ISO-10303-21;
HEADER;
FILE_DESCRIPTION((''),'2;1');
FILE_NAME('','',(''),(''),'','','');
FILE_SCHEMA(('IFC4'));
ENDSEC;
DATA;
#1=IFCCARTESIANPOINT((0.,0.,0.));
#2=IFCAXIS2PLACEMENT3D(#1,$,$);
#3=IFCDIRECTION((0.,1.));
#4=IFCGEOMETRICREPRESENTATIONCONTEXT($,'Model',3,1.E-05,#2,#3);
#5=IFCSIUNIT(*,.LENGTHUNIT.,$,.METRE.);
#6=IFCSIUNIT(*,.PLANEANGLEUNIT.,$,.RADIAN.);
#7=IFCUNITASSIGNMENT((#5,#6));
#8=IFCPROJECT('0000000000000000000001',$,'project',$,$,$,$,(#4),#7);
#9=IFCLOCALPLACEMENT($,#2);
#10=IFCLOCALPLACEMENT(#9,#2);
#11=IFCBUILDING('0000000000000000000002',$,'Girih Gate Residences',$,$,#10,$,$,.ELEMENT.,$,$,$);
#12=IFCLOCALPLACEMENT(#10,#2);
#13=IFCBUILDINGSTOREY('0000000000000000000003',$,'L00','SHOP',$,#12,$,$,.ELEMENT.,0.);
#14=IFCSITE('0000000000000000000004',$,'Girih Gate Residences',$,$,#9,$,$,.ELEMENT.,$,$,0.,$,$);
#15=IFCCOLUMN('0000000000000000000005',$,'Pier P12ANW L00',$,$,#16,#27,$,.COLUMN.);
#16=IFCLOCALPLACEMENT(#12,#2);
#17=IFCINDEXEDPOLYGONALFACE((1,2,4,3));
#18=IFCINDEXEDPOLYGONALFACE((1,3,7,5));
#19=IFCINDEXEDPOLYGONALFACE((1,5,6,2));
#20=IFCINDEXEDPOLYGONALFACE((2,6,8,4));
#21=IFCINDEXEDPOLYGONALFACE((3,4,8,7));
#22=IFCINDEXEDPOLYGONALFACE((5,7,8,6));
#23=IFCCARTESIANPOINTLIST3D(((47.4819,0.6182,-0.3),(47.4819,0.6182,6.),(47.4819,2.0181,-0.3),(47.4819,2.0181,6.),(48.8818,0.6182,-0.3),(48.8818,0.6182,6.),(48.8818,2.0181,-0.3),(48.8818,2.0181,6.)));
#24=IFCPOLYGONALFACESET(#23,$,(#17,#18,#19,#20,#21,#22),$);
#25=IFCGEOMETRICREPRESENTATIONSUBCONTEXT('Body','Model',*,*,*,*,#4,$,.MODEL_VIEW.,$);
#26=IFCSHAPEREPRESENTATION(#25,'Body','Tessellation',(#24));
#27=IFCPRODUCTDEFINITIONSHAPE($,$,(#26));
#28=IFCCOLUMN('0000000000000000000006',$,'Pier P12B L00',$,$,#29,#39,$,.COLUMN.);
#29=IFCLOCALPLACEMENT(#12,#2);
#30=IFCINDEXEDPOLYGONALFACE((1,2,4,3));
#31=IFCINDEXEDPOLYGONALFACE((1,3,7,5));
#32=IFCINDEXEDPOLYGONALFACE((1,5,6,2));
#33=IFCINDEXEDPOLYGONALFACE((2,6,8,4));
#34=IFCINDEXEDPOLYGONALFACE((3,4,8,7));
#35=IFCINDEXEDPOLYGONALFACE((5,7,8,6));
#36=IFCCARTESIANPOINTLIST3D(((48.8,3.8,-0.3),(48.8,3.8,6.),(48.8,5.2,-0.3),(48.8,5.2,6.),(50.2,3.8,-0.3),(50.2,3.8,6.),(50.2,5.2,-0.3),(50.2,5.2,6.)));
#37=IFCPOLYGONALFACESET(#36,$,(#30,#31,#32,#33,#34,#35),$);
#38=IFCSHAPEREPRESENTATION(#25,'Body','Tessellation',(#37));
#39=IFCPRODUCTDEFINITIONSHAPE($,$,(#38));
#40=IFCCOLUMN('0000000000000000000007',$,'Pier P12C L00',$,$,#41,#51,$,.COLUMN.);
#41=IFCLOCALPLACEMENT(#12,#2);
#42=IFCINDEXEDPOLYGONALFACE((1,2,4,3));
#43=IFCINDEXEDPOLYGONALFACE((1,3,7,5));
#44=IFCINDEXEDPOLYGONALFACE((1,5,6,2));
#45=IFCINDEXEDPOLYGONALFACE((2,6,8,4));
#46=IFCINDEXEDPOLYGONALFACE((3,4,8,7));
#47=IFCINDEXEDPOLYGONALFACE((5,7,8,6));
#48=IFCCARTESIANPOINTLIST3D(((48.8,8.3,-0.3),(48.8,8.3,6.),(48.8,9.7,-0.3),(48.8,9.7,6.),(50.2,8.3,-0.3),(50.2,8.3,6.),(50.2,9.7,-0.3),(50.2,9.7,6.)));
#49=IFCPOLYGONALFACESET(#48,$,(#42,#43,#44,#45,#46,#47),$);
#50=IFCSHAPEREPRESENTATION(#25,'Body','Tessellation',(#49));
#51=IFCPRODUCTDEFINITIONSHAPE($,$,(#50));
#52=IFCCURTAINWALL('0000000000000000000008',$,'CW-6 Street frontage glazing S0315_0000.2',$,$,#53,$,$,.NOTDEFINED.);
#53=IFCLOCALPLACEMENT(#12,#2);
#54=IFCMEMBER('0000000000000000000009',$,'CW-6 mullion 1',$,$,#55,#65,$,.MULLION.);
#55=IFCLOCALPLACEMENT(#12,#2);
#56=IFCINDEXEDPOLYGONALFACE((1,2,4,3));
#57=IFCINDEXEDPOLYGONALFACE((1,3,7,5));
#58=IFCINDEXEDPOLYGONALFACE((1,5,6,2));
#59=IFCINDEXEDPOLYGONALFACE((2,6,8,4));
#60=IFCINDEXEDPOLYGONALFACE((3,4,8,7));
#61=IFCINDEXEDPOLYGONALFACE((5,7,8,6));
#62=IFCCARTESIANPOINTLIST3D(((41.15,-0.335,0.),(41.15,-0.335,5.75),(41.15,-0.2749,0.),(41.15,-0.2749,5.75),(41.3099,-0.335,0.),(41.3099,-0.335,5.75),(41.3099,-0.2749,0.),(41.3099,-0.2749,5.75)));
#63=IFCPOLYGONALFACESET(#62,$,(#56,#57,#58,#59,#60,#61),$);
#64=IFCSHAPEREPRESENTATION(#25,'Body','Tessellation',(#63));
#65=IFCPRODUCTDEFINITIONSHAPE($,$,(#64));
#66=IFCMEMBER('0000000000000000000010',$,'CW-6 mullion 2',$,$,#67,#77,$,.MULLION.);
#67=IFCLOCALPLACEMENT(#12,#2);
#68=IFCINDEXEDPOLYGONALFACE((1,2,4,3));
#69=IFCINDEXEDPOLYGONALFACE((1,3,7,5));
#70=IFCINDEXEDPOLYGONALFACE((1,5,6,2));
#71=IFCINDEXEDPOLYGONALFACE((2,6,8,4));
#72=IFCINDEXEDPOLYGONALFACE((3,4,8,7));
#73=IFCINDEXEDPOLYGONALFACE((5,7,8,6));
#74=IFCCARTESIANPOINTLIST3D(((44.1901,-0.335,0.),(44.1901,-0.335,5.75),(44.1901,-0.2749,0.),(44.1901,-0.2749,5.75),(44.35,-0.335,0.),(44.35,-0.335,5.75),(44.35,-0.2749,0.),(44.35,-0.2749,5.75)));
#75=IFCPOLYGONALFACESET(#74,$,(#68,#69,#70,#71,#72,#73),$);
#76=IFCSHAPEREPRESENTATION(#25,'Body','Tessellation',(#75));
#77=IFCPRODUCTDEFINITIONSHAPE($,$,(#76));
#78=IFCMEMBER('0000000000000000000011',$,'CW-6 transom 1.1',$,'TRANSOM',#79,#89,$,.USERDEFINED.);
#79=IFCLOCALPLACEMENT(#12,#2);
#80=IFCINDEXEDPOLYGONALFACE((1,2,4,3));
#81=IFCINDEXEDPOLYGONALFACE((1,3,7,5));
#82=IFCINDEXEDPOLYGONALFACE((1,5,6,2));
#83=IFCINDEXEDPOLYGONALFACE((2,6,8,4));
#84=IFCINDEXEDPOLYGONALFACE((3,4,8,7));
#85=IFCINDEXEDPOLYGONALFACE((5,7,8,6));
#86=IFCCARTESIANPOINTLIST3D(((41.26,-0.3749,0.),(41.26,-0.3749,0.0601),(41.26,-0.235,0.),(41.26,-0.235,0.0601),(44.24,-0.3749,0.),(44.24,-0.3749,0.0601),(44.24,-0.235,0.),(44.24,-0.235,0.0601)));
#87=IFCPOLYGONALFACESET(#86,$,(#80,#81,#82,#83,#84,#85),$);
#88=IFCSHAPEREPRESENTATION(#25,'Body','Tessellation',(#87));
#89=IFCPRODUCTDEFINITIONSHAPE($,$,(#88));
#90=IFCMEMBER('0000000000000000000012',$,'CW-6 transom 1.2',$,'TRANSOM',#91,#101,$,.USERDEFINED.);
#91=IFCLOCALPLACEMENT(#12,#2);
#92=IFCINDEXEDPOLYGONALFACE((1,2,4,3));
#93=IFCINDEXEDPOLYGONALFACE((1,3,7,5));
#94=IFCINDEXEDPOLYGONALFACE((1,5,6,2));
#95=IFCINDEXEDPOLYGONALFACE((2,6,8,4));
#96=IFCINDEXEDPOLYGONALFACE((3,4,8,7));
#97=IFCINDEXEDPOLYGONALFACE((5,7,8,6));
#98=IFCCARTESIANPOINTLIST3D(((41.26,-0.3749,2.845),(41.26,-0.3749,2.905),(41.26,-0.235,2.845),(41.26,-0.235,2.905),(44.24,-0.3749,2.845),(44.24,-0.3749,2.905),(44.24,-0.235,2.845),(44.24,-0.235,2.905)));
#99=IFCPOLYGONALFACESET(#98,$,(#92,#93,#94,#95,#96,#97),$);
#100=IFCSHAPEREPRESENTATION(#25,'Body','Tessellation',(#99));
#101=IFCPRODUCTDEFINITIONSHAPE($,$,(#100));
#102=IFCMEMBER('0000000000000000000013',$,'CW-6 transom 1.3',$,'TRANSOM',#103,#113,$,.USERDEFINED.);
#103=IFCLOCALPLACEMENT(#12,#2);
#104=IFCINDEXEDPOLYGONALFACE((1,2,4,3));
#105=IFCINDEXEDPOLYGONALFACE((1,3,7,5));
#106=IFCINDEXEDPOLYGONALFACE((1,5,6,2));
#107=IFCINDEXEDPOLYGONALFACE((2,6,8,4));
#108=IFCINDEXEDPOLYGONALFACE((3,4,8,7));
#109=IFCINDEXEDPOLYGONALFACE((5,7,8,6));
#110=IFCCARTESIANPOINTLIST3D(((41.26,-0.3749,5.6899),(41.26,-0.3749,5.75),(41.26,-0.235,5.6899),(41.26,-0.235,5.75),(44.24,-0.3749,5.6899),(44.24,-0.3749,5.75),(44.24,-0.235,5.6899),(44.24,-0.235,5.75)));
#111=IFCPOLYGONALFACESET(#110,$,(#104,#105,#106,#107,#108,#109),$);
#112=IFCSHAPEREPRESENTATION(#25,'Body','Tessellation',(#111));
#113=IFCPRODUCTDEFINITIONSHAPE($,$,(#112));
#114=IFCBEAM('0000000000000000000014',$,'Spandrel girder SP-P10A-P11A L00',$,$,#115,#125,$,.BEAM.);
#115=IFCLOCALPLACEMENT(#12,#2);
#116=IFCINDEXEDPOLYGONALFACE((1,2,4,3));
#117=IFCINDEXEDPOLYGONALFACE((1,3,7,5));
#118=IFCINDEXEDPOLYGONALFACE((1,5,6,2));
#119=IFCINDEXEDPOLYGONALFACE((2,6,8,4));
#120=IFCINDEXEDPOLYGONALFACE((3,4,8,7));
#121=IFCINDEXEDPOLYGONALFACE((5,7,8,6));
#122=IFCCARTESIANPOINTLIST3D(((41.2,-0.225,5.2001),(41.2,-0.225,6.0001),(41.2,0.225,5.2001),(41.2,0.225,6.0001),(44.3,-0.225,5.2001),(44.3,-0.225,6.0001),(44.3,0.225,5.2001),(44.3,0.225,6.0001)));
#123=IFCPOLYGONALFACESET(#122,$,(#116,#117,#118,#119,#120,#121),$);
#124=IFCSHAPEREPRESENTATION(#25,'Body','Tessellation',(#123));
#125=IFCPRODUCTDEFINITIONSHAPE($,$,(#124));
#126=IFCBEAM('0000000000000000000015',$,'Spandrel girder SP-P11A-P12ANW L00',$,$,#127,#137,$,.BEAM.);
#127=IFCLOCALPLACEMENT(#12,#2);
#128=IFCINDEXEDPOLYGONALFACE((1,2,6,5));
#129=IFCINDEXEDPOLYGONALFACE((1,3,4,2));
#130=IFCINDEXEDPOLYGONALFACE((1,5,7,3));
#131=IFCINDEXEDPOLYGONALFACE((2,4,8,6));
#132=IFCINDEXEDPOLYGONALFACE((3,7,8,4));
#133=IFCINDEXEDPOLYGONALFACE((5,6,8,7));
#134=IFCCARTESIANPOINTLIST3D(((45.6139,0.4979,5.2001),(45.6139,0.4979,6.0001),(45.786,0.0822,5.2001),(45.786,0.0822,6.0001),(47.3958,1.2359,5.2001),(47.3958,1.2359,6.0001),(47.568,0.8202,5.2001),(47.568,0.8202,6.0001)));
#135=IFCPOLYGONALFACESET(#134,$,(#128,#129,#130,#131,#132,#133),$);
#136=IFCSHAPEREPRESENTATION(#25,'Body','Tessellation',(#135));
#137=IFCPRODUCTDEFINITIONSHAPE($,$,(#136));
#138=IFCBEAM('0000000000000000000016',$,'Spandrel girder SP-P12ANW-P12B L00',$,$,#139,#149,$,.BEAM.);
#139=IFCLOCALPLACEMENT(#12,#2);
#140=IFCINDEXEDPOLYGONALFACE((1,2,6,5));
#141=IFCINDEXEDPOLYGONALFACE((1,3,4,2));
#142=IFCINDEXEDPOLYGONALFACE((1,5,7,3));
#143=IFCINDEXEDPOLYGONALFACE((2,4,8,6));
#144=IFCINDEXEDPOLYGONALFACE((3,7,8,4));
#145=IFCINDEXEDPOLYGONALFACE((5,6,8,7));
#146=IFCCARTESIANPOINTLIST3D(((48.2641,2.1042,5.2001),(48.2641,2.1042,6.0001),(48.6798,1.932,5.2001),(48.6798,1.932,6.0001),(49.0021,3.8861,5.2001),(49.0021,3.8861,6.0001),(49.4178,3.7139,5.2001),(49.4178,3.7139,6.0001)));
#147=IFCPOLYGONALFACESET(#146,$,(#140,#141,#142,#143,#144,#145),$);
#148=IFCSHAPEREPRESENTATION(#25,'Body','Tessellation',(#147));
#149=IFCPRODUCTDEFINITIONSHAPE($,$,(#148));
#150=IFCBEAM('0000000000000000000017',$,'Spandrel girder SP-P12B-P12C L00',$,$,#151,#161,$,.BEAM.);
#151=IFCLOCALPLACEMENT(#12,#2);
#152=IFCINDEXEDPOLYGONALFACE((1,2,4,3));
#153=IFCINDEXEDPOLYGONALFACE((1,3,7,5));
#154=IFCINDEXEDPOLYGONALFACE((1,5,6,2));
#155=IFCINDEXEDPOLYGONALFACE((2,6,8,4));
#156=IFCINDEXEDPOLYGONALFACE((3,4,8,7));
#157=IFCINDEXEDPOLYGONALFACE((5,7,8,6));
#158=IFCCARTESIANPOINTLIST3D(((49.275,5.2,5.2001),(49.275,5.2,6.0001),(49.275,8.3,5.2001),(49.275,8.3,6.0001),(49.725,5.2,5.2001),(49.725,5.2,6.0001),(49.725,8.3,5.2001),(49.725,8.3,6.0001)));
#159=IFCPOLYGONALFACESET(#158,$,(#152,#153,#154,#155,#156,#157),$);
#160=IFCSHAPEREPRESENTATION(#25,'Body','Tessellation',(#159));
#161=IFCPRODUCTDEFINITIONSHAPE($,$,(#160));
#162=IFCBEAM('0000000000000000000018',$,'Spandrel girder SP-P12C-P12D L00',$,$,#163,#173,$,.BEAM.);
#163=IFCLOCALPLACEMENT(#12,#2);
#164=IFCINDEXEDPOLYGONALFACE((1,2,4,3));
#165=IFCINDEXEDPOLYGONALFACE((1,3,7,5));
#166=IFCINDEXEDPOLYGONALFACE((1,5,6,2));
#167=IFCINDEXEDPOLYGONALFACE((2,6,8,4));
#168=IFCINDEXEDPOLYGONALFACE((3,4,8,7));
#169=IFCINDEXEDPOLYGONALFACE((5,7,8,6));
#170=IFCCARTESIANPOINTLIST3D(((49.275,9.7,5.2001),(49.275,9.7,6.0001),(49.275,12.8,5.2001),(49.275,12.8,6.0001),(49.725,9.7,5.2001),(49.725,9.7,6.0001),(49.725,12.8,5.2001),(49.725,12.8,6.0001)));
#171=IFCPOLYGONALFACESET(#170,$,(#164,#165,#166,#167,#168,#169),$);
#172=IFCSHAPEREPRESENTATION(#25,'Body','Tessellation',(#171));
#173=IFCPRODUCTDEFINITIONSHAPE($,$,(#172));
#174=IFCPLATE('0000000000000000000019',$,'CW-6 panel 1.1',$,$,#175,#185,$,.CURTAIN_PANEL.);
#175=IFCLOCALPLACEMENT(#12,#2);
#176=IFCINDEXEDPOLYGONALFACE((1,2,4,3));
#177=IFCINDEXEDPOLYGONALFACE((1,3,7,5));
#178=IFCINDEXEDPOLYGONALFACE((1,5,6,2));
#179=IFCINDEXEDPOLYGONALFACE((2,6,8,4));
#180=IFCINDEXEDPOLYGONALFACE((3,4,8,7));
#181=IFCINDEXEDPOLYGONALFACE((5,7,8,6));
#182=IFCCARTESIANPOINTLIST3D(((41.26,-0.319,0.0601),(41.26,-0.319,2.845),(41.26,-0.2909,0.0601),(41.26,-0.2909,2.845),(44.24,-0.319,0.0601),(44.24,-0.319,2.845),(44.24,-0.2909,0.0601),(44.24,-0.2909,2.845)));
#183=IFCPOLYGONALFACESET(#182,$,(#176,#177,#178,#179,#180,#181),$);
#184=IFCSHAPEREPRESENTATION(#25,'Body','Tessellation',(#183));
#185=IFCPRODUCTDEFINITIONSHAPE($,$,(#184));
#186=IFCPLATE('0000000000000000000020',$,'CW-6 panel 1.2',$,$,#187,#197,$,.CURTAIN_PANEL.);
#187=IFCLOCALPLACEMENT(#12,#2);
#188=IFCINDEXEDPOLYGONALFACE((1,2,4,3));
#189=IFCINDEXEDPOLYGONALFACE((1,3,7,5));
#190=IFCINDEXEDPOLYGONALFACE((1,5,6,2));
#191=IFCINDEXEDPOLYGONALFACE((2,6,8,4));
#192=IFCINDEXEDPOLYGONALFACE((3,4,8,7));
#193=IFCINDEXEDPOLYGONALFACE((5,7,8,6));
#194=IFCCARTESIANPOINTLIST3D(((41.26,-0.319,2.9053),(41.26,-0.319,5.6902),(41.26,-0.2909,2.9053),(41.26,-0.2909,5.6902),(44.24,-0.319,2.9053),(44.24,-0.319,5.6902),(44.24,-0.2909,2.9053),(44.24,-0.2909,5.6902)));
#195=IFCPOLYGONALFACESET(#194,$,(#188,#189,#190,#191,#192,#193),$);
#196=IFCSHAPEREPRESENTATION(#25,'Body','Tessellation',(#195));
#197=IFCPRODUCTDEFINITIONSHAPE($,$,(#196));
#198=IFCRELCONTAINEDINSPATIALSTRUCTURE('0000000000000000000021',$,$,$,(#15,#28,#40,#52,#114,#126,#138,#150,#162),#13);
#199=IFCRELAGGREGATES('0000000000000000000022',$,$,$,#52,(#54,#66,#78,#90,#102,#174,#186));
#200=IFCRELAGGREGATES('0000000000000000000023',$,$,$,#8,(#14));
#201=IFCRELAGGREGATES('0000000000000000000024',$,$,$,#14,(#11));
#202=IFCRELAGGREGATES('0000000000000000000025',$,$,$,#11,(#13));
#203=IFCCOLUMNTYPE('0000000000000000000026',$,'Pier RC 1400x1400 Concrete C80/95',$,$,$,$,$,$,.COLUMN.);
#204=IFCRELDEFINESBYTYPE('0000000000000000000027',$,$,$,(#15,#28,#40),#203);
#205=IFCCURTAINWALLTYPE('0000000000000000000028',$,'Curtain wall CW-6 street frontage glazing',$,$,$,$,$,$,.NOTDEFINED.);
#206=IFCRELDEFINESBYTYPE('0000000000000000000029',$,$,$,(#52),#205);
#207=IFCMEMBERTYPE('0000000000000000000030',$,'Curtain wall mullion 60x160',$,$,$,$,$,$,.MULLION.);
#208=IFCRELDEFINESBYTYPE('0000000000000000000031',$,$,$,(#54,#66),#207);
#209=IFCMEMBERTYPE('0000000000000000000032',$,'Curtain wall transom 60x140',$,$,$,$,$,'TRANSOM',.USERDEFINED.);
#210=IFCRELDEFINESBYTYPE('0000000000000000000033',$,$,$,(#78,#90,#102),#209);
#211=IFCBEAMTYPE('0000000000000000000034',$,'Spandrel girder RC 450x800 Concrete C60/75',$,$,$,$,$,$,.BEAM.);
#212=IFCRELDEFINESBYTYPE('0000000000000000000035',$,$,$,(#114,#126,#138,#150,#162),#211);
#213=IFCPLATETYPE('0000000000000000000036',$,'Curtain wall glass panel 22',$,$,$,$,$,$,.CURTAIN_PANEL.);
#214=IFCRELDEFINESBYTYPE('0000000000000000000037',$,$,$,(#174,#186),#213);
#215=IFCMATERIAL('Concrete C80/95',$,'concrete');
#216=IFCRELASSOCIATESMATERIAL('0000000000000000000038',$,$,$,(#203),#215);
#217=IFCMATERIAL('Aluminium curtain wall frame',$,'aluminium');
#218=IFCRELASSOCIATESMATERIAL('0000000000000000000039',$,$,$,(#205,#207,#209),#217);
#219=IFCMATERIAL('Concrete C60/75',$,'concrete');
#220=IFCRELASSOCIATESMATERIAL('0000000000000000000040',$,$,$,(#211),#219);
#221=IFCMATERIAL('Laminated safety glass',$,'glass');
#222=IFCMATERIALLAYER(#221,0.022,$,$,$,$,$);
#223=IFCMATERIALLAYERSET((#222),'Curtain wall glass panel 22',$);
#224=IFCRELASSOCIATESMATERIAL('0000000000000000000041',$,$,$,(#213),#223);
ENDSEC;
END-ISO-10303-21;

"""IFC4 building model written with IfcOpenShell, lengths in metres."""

from ifc_helpers import new_model, si_unit, direction, frame, origin, origin_2d, place, context, subcontext, project, spatial, rectangle, extrude, material, layer, layer_set, material_profile, profile_set, type_object, element, aggregate, save


model = new_model("IFC4")

# Units and contexts
model_context = context("Model", 3, precision=1e-05, world=origin(), true_north=direction((0.0, 1.0)))
body_context = subcontext(model_context, "Body", "Model", "MODEL_VIEW")
ifc_project = project(units=[si_unit("LENGTHUNIT", "METRE"), si_unit("PLANEANGLEUNIT", "RADIAN")], contexts=[model_context])

# Site, building, storey
site_placement = place(None, origin())
site = spatial("IfcSite", under=ifc_project, at=site_placement, Name="Girih Gate Residences", CompositionType="ELEMENT", RefElevation=0.0)
building_placement = place(site_placement, origin())
building = spatial("IfcBuilding", under=site, at=building_placement, Name="Girih Gate Residences", CompositionType="ELEMENT")
storey_placement = place(building_placement, origin())
storey = spatial("IfcBuildingStorey", under=building, at=storey_placement, Name="L00", Description="SHOP", CompositionType="ELEMENT", Elevation=0.0)

# Columns
ifc_material_1 = material(Name="Concrete C80/95", Category="concrete")
ifc_material_profile_1 = material_profile(ifc_material_1, rectangle(XDim=1.3999, YDim=1.3999, at=origin_2d()))
ifc_profile_set_1 = profile_set([ifc_material_profile_1], Name="Concrete C80/95")
column_type = type_object("IfcColumnType", Name="Pier RC 1400x1400 Concrete C80/95", PredefinedType="COLUMN", material=ifc_profile_set_1)
for number, where, z_axis, x_axis, name in (
    (1, (48.1819, 1.3181, -0.3), (0.0, 0.0, 1.0), (1.0, 0.0, 0.0), "Pier P12ANW L00"),
    (2, (49.5, 4.5, -0.3), (0.0, 0.0, 1.0), (1.0, 0.0, 0.0), "Pier P12B L00"),
    (3, (49.5, 9.0, -0.3), (0.0, 0.0, 1.0), (1.0, 0.0, 0.0), "Pier P12C L00"),
):
    element("IfcColumn", number, at=place(storey_placement, frame(where, z_axis=z_axis, x_axis=x_axis)), inside=storey, type_object=column_type, Name=name, PredefinedType="COLUMN", context=body_context, shape_type="SweptSolid", body=[
        extrude(rectangle(XDim=1.3999, YDim=1.3999, at=origin_2d()), origin(), (0.0, 0.0, 1.0), 6.3),
    ])

# Curtain wall, members
ifc_material_2 = material(Name="Aluminium curtain wall frame", Category="aluminium")
curtain_wall_type = type_object("IfcCurtainWallType", Name="Curtain wall CW-6 street frontage glazing", PredefinedType="NOTDEFINED", material=ifc_material_2)
curtain_wall_placement = place(storey_placement, origin())
curtain_wall = element("IfcCurtainWall", 4, at=curtain_wall_placement, inside=storey, type_object=curtain_wall_type, Name="CW-6 Street frontage glazing S0315_0000.2", PredefinedType="NOTDEFINED")
ifc_material_profile_2 = material_profile(ifc_material_2, rectangle(XDim=0.0601, YDim=0.1599, at=origin_2d()))
ifc_profile_set_2 = profile_set([ifc_material_profile_2], Name="Aluminium curtain wall frame")
member_type_1 = type_object("IfcMemberType", Name="Curtain wall mullion 60x160", PredefinedType="MULLION", material=ifc_profile_set_2)
member_1_placement = place(storey_placement, frame((41.23, -0.3049, 0.0), z_axis=(0.0, 0.0, 1.0), x_axis=(0.0, 1.0, 0.0)))
member_1 = element("IfcMember", 5, at=member_1_placement, type_object=member_type_1, Name="CW-6 mullion 1", PredefinedType="MULLION", context=body_context, shape_type="SweptSolid", body=[
    extrude(rectangle(XDim=0.0601, YDim=0.1599, at=origin_2d()), origin(), (0.0, 0.0, 1.0), 5.75),
])
member_2_placement = place(storey_placement, frame((44.27, -0.3049, 0.0), z_axis=(0.0, 0.0, 1.0), x_axis=(0.0, 1.0, 0.0)))
member_2 = element("IfcMember", 6, at=member_2_placement, type_object=member_type_1, Name="CW-6 mullion 2", PredefinedType="MULLION", context=body_context, shape_type="SweptSolid", body=[
    extrude(rectangle(XDim=0.0601, YDim=0.1599, at=origin_2d()), origin(), (0.0, 0.0, 1.0), 5.75),
])
ifc_material_profile_3 = material_profile(ifc_material_2, rectangle(XDim=0.1399, YDim=0.0601, at=origin_2d()))
ifc_profile_set_3 = profile_set([ifc_material_profile_3], Name="Aluminium curtain wall frame")
member_type_2 = type_object("IfcMemberType", Name="Curtain wall transom 60x140", ElementType="TRANSOM", PredefinedType="USERDEFINED", material=ifc_profile_set_3)
member_3_placement = place(storey_placement, frame((41.26, -0.3049, 0.03), z_axis=(1.0, 0.0, 0.0), x_axis=(0.0, 1.0, 0.0)))
member_3 = element("IfcMember", 7, at=member_3_placement, type_object=member_type_2, Name="CW-6 transom 1.1", ObjectType="TRANSOM", PredefinedType="USERDEFINED", context=body_context, shape_type="SweptSolid", body=[
    extrude(rectangle(XDim=0.1399, YDim=0.0601, at=origin_2d()), origin(), (0.0, 0.0, 1.0), 2.98),
])
member_4_placement = place(storey_placement, frame((41.26, -0.3049, 2.875), z_axis=(1.0, 0.0, 0.0), x_axis=(0.0, 1.0, 0.0)))
member_4 = element("IfcMember", 8, at=member_4_placement, type_object=member_type_2, Name="CW-6 transom 1.2", ObjectType="TRANSOM", PredefinedType="USERDEFINED", context=body_context, shape_type="SweptSolid", body=[
    extrude(rectangle(XDim=0.1399, YDim=0.0601, at=origin_2d()), origin(), (0.0, 0.0, 1.0), 2.98),
])
member_5_placement = place(storey_placement, frame((41.26, -0.3049, 5.72), z_axis=(1.0, 0.0, 0.0), x_axis=(0.0, 1.0, 0.0)))
member_5 = element("IfcMember", 9, at=member_5_placement, type_object=member_type_2, Name="CW-6 transom 1.3", ObjectType="TRANSOM", PredefinedType="USERDEFINED", context=body_context, shape_type="SweptSolid", body=[
    extrude(rectangle(XDim=0.1399, YDim=0.0601, at=origin_2d()), origin(), (0.0, 0.0, 1.0), 2.98),
])

# Beams
ifc_material_3 = material(Name="Concrete C60/75", Category="concrete")
ifc_material_profile_4 = material_profile(ifc_material_3, rectangle(XDim=0.45, YDim=0.8, at=origin_2d()))
ifc_profile_set_4 = profile_set([ifc_material_profile_4], Name="Concrete C60/75")
beam_type = type_object("IfcBeamType", Name="Spandrel girder RC 450x800 Concrete C60/75", PredefinedType="BEAM", material=ifc_profile_set_4)
beam_placement = place(storey_placement, frame((41.2, 0.0, 5.6001), z_axis=(1.0, 0.0, 0.0), x_axis=(0.0, 1.0, 0.0)))
element("IfcBeam", 10, at=beam_placement, inside=storey, type_object=beam_type, Name="Spandrel girder SP-P10A-P11A L00", PredefinedType="BEAM", context=body_context, shape_type="SweptSolid", body=[
    extrude(rectangle(XDim=0.45, YDim=0.8, at=origin_2d()), origin(), (0.0, 0.0, 1.0), 3.1001),
])
for number, where, z_axis, x_axis, name in (
    (11, (45.7, 0.29, 5.6001), (0.923895, 0.382646, 0.0), (-0.382646, 0.923895, 0.0), "Spandrel girder SP-P11A-P12ANW L00"),
    (12, (48.4719, 2.0181, 5.6001), (0.382646, 0.923895, 0.0), (-0.923895, 0.382646, 0.0), "Spandrel girder SP-P12ANW-P12B L00"),
):
    element("IfcBeam", number, at=place(storey_placement, frame(where, z_axis=z_axis, x_axis=x_axis)), inside=storey, type_object=beam_type, Name=name, PredefinedType="BEAM", context=body_context, shape_type="SweptSolid", body=[
        extrude(rectangle(XDim=0.45, YDim=0.8, at=origin_2d()), origin(), (0.0, 0.0, 1.0), 1.9287),
    ])
for number, where, z_axis, x_axis, name in (
    (13, (49.5, 5.2, 5.6001), (0.0, 1.0, 0.0), (-1.0, 0.0, 0.0), "Spandrel girder SP-P12B-P12C L00"),
    (14, (49.5, 9.7, 5.6001), (0.0, 1.0, 0.0), (-1.0, 0.0, 0.0), "Spandrel girder SP-P12C-P12D L00"),
):
    element("IfcBeam", number, at=place(storey_placement, frame(where, z_axis=z_axis, x_axis=x_axis)), inside=storey, type_object=beam_type, Name=name, PredefinedType="BEAM", context=body_context, shape_type="SweptSolid", body=[
        extrude(rectangle(XDim=0.45, YDim=0.8, at=origin_2d()), origin(), (0.0, 0.0, 1.0), 3.1001),
    ])

# Plates
ifc_material_4 = material(Name="Laminated safety glass", Category="glass")
ifc_layer_1 = layer(ifc_material_4, 0.022)
ifc_layer_set_1 = layer_set([ifc_layer_1], Name="Curtain wall glass panel 22")
plate_type = type_object("IfcPlateType", Name="Curtain wall glass panel 22", PredefinedType="CURTAIN_PANEL", material=ifc_layer_set_1)
plate_1_placement = place(storey_placement, frame((42.75, -0.3049, 0.0601), z_axis=(0.0, 0.0, 1.0), x_axis=(1.0, 0.0, 0.0)))
plate_1 = element("IfcPlate", 15, at=plate_1_placement, type_object=plate_type, Name="CW-6 panel 1.1", PredefinedType="CURTAIN_PANEL", context=body_context, shape_type="SweptSolid", body=[
    extrude(rectangle(XDim=2.98, YDim=0.0281, at=origin_2d()), origin(), (0.0, 0.0, 1.0), 2.7849),
])
plate_2_placement = place(storey_placement, frame((42.75, -0.3049, 2.9053), z_axis=(0.0, 0.0, 1.0), x_axis=(1.0, 0.0, 0.0)))
plate_2 = element("IfcPlate", 16, at=plate_2_placement, type_object=plate_type, Name="CW-6 panel 1.2", PredefinedType="CURTAIN_PANEL", context=body_context, shape_type="SweptSolid", body=[
    extrude(rectangle(XDim=2.98, YDim=0.0281, at=origin_2d()), origin(), (0.0, 0.0, 1.0), 2.7849),
])
aggregate(curtain_wall, [member_1, member_2, member_3, member_4, member_5, plate_1, plate_2])

save(model, "model.ifc")
